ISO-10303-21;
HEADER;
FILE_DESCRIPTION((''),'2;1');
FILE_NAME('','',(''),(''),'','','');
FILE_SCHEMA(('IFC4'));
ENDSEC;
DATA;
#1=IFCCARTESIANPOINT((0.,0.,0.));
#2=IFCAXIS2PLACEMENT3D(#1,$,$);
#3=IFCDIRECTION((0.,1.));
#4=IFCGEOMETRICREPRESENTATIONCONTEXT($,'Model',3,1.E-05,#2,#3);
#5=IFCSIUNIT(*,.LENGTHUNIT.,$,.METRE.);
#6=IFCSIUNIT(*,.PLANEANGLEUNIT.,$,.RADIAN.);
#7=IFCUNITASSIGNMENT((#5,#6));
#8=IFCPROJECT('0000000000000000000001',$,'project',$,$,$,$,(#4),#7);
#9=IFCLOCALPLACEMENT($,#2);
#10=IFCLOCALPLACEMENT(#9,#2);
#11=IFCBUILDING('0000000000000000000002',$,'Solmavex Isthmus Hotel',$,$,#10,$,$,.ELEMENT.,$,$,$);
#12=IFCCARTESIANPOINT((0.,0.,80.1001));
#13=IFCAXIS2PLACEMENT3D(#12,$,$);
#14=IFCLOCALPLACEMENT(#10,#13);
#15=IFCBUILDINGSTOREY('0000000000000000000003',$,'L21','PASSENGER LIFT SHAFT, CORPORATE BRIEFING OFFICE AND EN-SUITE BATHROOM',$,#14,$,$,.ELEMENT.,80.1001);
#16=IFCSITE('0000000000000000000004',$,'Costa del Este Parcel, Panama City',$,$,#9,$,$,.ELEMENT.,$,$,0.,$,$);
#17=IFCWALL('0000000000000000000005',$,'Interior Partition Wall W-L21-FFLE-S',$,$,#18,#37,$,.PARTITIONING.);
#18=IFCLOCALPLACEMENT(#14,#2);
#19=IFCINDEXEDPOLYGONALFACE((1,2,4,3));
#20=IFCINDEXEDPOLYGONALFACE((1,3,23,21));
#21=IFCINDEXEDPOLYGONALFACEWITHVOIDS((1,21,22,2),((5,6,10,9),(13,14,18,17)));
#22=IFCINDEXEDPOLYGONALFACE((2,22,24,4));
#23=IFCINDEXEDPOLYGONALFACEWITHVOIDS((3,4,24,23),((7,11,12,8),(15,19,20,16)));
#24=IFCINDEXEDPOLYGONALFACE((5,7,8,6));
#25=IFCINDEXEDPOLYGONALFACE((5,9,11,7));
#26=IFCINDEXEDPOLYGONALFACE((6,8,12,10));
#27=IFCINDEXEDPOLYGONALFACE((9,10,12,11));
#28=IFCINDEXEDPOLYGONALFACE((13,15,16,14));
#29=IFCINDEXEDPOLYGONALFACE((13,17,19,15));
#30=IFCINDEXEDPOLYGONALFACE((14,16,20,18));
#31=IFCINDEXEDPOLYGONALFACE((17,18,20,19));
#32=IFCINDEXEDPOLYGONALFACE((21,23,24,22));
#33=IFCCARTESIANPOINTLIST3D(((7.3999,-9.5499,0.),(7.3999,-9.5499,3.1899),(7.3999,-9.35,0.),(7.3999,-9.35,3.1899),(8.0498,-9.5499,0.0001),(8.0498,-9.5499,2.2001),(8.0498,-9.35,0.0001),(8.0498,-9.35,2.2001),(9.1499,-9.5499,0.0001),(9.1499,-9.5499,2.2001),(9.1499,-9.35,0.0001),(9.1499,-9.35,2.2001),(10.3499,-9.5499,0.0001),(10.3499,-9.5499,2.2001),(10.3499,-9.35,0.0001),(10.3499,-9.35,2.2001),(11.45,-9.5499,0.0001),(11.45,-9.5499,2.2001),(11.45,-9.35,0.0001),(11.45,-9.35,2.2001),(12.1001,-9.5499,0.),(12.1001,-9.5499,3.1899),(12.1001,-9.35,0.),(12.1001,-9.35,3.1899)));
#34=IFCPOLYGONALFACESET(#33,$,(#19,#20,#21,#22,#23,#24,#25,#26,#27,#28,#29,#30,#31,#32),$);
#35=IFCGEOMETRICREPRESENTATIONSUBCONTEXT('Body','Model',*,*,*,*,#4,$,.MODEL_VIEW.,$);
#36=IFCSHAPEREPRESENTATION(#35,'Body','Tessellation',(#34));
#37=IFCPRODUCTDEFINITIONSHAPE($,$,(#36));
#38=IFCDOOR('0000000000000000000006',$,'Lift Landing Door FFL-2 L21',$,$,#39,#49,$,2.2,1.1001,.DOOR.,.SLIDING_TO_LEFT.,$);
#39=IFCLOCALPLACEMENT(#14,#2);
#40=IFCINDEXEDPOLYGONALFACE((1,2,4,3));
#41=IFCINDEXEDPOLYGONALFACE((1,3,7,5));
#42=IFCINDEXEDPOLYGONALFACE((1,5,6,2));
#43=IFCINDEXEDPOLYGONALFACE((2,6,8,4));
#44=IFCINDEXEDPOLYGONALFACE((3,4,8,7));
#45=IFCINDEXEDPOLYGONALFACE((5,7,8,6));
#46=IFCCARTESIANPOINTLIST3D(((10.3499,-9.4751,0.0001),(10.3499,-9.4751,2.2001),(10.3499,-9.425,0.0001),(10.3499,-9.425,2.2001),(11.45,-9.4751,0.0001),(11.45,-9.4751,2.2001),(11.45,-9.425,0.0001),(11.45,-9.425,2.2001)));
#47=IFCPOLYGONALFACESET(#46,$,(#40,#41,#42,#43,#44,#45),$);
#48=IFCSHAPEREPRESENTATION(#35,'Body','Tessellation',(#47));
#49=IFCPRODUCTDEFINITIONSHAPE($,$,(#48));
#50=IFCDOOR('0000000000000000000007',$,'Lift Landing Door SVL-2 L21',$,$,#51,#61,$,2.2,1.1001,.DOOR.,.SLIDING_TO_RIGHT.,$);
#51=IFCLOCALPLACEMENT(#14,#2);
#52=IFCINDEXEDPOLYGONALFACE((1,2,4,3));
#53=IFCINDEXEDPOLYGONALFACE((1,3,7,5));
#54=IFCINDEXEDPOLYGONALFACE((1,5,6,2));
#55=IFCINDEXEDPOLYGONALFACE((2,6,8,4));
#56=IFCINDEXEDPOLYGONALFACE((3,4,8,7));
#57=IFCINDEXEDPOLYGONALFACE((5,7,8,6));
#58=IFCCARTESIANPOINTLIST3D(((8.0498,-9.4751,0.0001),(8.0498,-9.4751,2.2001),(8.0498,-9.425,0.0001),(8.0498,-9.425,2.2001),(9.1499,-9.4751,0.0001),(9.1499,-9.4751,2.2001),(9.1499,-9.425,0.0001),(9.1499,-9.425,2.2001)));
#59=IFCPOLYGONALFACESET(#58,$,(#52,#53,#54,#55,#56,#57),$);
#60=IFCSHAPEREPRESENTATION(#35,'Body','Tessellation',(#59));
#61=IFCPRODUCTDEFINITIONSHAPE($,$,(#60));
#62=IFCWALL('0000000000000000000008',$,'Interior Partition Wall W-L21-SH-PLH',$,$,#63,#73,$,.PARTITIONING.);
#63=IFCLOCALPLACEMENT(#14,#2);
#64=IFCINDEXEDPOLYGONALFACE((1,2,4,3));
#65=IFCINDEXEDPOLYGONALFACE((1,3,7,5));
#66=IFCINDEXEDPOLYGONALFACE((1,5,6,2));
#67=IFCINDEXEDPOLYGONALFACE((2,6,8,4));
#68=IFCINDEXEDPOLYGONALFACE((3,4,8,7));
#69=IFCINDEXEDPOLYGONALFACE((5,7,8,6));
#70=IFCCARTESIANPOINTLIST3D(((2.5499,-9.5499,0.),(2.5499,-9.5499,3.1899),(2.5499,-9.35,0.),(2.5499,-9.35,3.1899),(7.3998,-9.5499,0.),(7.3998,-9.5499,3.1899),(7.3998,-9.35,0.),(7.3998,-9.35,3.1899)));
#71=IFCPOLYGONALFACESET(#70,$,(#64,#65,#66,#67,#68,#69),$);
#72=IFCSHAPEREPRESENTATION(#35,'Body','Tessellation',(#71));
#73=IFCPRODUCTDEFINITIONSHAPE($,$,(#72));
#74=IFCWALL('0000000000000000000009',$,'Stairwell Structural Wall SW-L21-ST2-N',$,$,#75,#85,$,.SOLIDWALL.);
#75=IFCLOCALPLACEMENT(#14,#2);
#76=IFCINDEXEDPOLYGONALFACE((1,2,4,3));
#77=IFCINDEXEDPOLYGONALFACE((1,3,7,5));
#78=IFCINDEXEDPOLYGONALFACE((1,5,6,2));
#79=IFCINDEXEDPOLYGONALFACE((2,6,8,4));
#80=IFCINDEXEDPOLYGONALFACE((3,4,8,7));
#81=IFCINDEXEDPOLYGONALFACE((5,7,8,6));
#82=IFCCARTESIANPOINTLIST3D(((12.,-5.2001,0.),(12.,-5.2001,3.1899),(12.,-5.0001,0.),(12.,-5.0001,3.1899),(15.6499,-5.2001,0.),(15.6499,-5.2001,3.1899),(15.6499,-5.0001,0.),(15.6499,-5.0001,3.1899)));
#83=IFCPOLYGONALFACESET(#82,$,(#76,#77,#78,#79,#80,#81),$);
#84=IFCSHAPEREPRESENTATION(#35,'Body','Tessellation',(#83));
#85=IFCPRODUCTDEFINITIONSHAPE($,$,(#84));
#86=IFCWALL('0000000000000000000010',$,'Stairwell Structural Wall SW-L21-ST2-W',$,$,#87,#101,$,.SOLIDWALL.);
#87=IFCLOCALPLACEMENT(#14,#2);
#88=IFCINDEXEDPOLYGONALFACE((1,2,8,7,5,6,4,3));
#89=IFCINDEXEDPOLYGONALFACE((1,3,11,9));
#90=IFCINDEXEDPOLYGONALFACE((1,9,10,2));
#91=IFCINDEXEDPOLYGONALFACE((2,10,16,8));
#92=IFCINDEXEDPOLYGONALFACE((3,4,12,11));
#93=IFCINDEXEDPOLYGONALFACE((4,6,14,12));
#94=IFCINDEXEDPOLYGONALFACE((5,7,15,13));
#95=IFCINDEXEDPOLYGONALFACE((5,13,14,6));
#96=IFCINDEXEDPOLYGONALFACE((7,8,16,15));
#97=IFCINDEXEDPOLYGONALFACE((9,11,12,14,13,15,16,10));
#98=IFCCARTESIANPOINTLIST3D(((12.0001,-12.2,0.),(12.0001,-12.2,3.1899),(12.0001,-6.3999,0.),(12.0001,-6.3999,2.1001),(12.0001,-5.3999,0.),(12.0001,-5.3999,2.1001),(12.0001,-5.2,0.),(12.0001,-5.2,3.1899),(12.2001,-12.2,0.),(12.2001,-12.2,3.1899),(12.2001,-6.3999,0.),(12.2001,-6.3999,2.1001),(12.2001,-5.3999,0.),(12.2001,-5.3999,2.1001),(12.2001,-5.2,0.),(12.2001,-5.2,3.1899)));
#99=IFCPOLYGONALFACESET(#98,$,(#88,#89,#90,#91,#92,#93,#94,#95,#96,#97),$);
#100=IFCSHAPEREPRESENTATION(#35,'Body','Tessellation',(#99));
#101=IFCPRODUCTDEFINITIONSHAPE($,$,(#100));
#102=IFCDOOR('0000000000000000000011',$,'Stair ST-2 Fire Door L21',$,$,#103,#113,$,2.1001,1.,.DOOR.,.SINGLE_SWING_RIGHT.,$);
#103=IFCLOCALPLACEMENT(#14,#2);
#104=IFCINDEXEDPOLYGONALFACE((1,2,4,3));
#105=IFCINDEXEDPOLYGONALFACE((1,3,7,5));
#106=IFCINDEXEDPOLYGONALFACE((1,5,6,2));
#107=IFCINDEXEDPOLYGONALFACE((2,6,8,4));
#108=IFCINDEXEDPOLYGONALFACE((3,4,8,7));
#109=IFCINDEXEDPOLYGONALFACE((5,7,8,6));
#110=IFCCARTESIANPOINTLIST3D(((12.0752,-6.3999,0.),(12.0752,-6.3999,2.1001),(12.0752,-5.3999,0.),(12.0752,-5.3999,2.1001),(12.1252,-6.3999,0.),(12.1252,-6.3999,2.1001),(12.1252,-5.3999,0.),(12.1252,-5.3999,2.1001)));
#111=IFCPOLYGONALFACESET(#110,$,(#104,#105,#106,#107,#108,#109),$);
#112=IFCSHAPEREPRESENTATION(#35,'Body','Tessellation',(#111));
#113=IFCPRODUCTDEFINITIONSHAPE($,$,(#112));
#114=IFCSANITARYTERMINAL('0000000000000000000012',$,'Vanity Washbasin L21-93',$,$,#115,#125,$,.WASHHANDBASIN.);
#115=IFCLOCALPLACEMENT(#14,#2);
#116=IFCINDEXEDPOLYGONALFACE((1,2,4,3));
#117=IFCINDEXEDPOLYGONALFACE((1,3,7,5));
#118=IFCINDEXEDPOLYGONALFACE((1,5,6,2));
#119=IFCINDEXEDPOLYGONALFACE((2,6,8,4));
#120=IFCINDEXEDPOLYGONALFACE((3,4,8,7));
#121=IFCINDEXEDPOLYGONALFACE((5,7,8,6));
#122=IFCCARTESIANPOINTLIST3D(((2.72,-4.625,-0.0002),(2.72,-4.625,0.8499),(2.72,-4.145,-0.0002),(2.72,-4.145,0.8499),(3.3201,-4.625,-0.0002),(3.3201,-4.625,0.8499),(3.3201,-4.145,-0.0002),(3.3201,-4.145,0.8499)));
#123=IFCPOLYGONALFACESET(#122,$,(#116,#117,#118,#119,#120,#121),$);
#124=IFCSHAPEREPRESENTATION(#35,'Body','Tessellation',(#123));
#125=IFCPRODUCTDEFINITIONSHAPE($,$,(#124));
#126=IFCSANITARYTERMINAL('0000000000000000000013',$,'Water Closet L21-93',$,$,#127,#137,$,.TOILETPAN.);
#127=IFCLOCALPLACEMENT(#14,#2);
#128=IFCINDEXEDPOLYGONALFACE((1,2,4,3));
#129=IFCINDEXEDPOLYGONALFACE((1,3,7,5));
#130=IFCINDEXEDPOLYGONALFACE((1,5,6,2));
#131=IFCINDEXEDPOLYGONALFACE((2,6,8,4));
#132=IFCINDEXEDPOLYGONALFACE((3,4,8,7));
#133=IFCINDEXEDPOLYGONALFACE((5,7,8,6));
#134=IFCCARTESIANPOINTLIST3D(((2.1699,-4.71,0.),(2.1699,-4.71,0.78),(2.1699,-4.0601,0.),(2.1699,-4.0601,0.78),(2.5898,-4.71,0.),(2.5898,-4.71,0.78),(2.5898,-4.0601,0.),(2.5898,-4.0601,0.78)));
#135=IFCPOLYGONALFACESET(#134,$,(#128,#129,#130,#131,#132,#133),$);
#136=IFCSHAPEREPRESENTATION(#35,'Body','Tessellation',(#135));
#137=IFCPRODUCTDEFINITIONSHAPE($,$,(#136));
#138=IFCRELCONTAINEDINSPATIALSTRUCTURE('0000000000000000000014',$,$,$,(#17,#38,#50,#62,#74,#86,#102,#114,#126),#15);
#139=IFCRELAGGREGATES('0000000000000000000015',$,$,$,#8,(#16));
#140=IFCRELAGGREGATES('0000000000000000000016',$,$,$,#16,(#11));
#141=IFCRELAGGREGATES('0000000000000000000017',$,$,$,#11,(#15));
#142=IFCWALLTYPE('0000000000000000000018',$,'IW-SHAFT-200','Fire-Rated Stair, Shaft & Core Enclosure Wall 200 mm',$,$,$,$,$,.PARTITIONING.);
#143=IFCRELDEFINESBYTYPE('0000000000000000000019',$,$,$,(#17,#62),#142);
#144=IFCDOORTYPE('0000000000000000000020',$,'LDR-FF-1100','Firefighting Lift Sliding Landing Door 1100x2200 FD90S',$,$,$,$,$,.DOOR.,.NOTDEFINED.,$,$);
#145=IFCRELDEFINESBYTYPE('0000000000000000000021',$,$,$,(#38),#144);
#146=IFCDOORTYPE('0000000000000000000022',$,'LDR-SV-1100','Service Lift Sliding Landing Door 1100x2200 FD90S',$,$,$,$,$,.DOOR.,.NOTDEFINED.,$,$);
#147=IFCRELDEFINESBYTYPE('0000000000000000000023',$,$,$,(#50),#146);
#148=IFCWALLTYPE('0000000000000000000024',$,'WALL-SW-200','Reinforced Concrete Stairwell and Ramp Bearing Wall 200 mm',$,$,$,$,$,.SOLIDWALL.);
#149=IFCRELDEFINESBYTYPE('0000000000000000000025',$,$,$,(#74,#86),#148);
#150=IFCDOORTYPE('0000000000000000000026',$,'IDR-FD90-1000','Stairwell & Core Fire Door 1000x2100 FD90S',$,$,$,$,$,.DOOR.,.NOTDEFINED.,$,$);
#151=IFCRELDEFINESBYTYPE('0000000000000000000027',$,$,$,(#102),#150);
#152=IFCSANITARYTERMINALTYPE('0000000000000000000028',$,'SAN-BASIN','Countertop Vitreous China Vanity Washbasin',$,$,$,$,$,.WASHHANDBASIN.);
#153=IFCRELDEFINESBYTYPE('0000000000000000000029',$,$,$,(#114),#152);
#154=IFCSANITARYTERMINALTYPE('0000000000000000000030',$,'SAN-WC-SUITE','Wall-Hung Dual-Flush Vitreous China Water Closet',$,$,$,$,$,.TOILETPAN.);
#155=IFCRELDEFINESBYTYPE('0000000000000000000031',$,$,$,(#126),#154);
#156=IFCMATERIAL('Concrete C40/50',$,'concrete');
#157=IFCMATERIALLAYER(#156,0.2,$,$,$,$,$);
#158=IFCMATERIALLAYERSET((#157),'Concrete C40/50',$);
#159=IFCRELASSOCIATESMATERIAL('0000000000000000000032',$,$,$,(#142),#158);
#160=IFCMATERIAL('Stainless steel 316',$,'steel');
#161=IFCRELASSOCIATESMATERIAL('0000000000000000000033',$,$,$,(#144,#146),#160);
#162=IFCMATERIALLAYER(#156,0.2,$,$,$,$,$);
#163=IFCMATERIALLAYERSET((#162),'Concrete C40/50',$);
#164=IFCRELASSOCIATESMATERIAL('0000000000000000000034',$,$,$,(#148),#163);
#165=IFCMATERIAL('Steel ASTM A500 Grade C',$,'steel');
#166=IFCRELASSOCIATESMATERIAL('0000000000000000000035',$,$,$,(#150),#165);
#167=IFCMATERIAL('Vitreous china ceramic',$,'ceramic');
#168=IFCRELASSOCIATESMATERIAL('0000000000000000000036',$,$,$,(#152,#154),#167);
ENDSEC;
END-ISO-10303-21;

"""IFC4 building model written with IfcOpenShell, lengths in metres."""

from ifc_helpers import new_model, si_unit, direction, frame, frame_2d, origin, origin_2d, place, context, subcontext, project, spatial, rectangle, extrude, material, layer, layer_set, type_object, element, fill, save


model = new_model("IFC4")

# Units and contexts
model_context = context("Model", 3, precision=1e-05, world=origin(), true_north=direction((0.0, 1.0)))
body_context = subcontext(model_context, "Body", "Model", "MODEL_VIEW")
ifc_project = project(units=[si_unit("LENGTHUNIT", "METRE"), si_unit("PLANEANGLEUNIT", "RADIAN")], contexts=[model_context])

# Site, building, storey
site_placement = place(None, origin())
site = spatial("IfcSite", under=ifc_project, at=site_placement, Name="Costa del Este Parcel, Panama City", CompositionType="ELEMENT", RefElevation=0.0)
building_placement = place(site_placement, origin())
building = spatial("IfcBuilding", under=site, at=building_placement, Name="Solmavex Isthmus Hotel", CompositionType="ELEMENT")
storey_placement = place(building_placement, frame((0.0, 0.0, 80.1001)))
storey = spatial("IfcBuildingStorey", under=building, at=storey_placement, Name="L21", Description="PASSENGER LIFT SHAFT, CORPORATE BRIEFING OFFICE AND EN-SUITE BATHROOM", CompositionType="ELEMENT", Elevation=80.1001)

# Shared definitions
ifc_material_1 = material(Name="Steel ASTM A500 Grade C", Category="steel")

# Shared definitions
ifc_material_2 = material(Name="Concrete C40/50", Category="concrete")
ifc_layer_1 = layer(ifc_material_2, 0.2)
ifc_layer_set_1 = layer_set([ifc_layer_1], Name="Concrete C40/50")
wall_type_1 = type_object("IfcWallType", Name="IW-SHAFT-200", Description="Fire-Rated Stair, Shaft & Core Enclosure Wall 200 mm", PredefinedType="PARTITIONING", material=ifc_layer_set_1)

# Wall, openings, doors
wall_1_placement = place(storey_placement, frame((7.3999, -9.45, 0.0), z_axis=(0.0, 0.0, 1.0), x_axis=(1.0, 0.0, 0.0)))
wall_1 = element("IfcWall", 1, at=wall_1_placement, inside=storey, type_object=wall_type_1, Name="Interior Partition Wall W-L21-FFLE-S", PredefinedType="PARTITIONING", context=body_context, shape_type="SweptSolid", body=[
    extrude(rectangle(XDim=4.7002, YDim=0.2, at=frame_2d((2.3501, 0.0))), origin(), (0.0, 0.0, 1.0), 3.1899),
])
opening_1_placement = place(wall_1_placement, frame((2.95, 0.0, 0.0)))
opening_1 = element("IfcOpeningElement", 2, at=opening_1_placement, cuts=wall_1, PredefinedType="OPENING", context=body_context, shape_type="SweptSolid", body=[
    extrude(rectangle(XDim=1.1001, YDim=2.2, at=frame_2d((0.55, 1.1001))), frame((0.0, 0.1099, 0.0), z_axis=(0.0, -1.0, 0.0), x_axis=(1.0, 0.0, 0.0)), (0.0, 0.0, 1.0), 0.22),
])
opening_2_placement = place(wall_1_placement, frame((0.6499, 0.0, 0.0)))
opening_2 = element("IfcOpeningElement", 3, at=opening_2_placement, cuts=wall_1, PredefinedType="OPENING", context=body_context, shape_type="SweptSolid", body=[
    extrude(rectangle(XDim=1.1001, YDim=2.2, at=frame_2d((0.55, 1.1001))), frame((0.0, 0.1099, 0.0), z_axis=(0.0, -1.0, 0.0), x_axis=(1.0, 0.0, 0.0)), (0.0, 0.0, 1.0), 0.22),
])
ifc_material_3 = material(Name="Stainless steel 316", Category="steel")
door_type_1 = type_object("IfcDoorType", Name="LDR-FF-1100", Description="Firefighting Lift Sliding Landing Door 1100x2200 FD90S", OperationType="NOTDEFINED", PredefinedType="DOOR", material=ifc_material_3)
door_1_placement = place(opening_1_placement, origin())
door_1 = element("IfcDoor", 4, at=door_1_placement, inside=storey, type_object=door_type_1, Name="Lift Landing Door FFL-2 L21", OperationType="SLIDING_TO_LEFT", OverallHeight=2.2, OverallWidth=1.1001, PredefinedType="DOOR", context=body_context, shape_type="SweptSolid", body=[
    extrude(rectangle(XDim=1.1001, YDim=2.2, at=frame_2d((0.55, 1.1001))), frame((0.0, 0.0249, 0.0), z_axis=(0.0, -1.0, 0.0), x_axis=(1.0, 0.0, 0.0)), (0.0, 0.0, 1.0), 0.05),
])
fill(opening_1, door_1)
door_type_2 = type_object("IfcDoorType", Name="LDR-SV-1100", Description="Service Lift Sliding Landing Door 1100x2200 FD90S", OperationType="NOTDEFINED", PredefinedType="DOOR", material=ifc_material_3)
door_2_placement = place(opening_2_placement, origin())
door_2 = element("IfcDoor", 5, at=door_2_placement, inside=storey, type_object=door_type_2, Name="Lift Landing Door SVL-2 L21", OperationType="SLIDING_TO_RIGHT", OverallHeight=2.2, OverallWidth=1.1001, PredefinedType="DOOR", context=body_context, shape_type="SweptSolid", body=[
    extrude(rectangle(XDim=1.1001, YDim=2.2, at=frame_2d((0.55, 1.1001))), frame((0.0, 0.0249, 0.0), z_axis=(0.0, -1.0, 0.0), x_axis=(1.0, 0.0, 0.0)), (0.0, 0.0, 1.0), 0.05),
])
fill(opening_2, door_2)

# Walls
wall_2_placement = place(storey_placement, frame((2.55, -9.45, 0.0), z_axis=(0.0, 0.0, 1.0), x_axis=(1.0, 0.0, 0.0)))
element("IfcWall", 6, at=wall_2_placement, inside=storey, type_object=wall_type_1, Name="Interior Partition Wall W-L21-SH-PLH", PredefinedType="PARTITIONING", context=body_context, shape_type="SweptSolid", body=[
    extrude(rectangle(XDim=4.8499, YDim=0.2, at=frame_2d((2.4248, 0.0))), origin(), (0.0, 0.0, 1.0), 3.1899),
])
ifc_layer_2 = layer(ifc_material_2, 0.2)
ifc_layer_set_2 = layer_set([ifc_layer_2], Name="Concrete C40/50")
wall_type_2 = type_object("IfcWallType", Name="WALL-SW-200", Description="Reinforced Concrete Stairwell and Ramp Bearing Wall 200 mm", PredefinedType="SOLIDWALL", material=ifc_layer_set_2)
wall_3_placement = place(storey_placement, frame((12.0, -5.1001, 0.0), z_axis=(0.0, 0.0, 1.0), x_axis=(1.0, 0.0, 0.0)))
element("IfcWall", 7, at=wall_3_placement, inside=storey, type_object=wall_type_2, Name="Stairwell Structural Wall SW-L21-ST2-N", PredefinedType="SOLIDWALL", context=body_context, shape_type="SweptSolid", body=[
    extrude(rectangle(XDim=3.6499, YDim=0.2, at=frame_2d((1.825, 0.0))), origin(), (0.0, 0.0, 1.0), 3.1899),
])

# Wall, opening, door
wall_4_placement = place(storey_placement, frame((12.1001, -12.2, 0.0), z_axis=(0.0, 0.0, 1.0), x_axis=(0.0, 1.0, 0.0)))
wall_4 = element("IfcWall", 8, at=wall_4_placement, inside=storey, type_object=wall_type_2, Name="Stairwell Structural Wall SW-L21-ST2-W", PredefinedType="SOLIDWALL", context=body_context, shape_type="SweptSolid", body=[
    extrude(rectangle(XDim=7.0, YDim=0.2, at=frame_2d((3.5, 0.0))), origin(), (0.0, 0.0, 1.0), 3.1899),
])
opening_3_placement = place(wall_4_placement, frame((5.8, 0.0, 0.0)))
opening_3 = element("IfcOpeningElement", 9, at=opening_3_placement, cuts=wall_4, PredefinedType="OPENING", context=body_context, shape_type="SweptSolid", body=[
    extrude(rectangle(XDim=1.0, YDim=2.1001, at=frame_2d((0.5, 1.05))), frame((0.0, 0.1099, 0.0), z_axis=(0.0, -1.0, 0.0), x_axis=(1.0, 0.0, 0.0)), (0.0, 0.0, 1.0), 0.22),
])
door_type_3 = type_object("IfcDoorType", Name="IDR-FD90-1000", Description="Stairwell & Core Fire Door 1000x2100 FD90S", OperationType="NOTDEFINED", PredefinedType="DOOR", material=ifc_material_1)
door_3_placement = place(opening_3_placement, origin())
door_3 = element("IfcDoor", 10, at=door_3_placement, inside=storey, type_object=door_type_3, Name="Stair ST-2 Fire Door L21", OperationType="SINGLE_SWING_RIGHT", OverallHeight=2.1001, OverallWidth=1.0, PredefinedType="DOOR", context=body_context, shape_type="SweptSolid", body=[
    extrude(rectangle(XDim=1.0, YDim=2.1001, at=frame_2d((0.5, 1.05))), frame((0.0, 0.0249, 0.0), z_axis=(0.0, -1.0, 0.0), x_axis=(1.0, 0.0, 0.0)), (0.0, 0.0, 1.0), 0.05),
])
fill(opening_3, door_3)

# Sanitary terminals
ifc_material_4 = material(Name="Vitreous china ceramic", Category="ceramic")
sanitary_terminal_type_1 = type_object("IfcSanitaryTerminalType", Name="SAN-BASIN", Description="Countertop Vitreous China Vanity Washbasin", PredefinedType="WASHHANDBASIN", material=ifc_material_4)
sanitary_terminal_1_placement = place(storey_placement, frame((3.02, -4.385, -0.0002), z_axis=(0.0, 0.0, 1.0), x_axis=(1.0, 0.0, 0.0)))
element("IfcSanitaryTerminal", 11, at=sanitary_terminal_1_placement, inside=storey, type_object=sanitary_terminal_type_1, Name="Vanity Washbasin L21-93", PredefinedType="WASHHANDBASIN", context=body_context, shape_type="SweptSolid", body=[
    extrude(rectangle(XDim=0.6001, YDim=0.48, at=origin_2d()), origin(), (0.0, 0.0, 1.0), 0.8501),
])
sanitary_terminal_type_2 = type_object("IfcSanitaryTerminalType", Name="SAN-WC-SUITE", Description="Wall-Hung Dual-Flush Vitreous China Water Closet", PredefinedType="TOILETPAN", material=ifc_material_4)
sanitary_terminal_2_placement = place(storey_placement, frame((2.3799, -4.385, 0.0), z_axis=(0.0, 0.0, 1.0), x_axis=(1.0, 0.0, 0.0)))
element("IfcSanitaryTerminal", 12, at=sanitary_terminal_2_placement, inside=storey, type_object=sanitary_terminal_type_2, Name="Water Closet L21-93", PredefinedType="TOILETPAN", context=body_context, shape_type="SweptSolid", body=[
    extrude(rectangle(XDim=0.4199, YDim=0.6499, at=origin_2d()), origin(), (0.0, 0.0, 1.0), 0.78),
])

save(model, "model.ifc")
